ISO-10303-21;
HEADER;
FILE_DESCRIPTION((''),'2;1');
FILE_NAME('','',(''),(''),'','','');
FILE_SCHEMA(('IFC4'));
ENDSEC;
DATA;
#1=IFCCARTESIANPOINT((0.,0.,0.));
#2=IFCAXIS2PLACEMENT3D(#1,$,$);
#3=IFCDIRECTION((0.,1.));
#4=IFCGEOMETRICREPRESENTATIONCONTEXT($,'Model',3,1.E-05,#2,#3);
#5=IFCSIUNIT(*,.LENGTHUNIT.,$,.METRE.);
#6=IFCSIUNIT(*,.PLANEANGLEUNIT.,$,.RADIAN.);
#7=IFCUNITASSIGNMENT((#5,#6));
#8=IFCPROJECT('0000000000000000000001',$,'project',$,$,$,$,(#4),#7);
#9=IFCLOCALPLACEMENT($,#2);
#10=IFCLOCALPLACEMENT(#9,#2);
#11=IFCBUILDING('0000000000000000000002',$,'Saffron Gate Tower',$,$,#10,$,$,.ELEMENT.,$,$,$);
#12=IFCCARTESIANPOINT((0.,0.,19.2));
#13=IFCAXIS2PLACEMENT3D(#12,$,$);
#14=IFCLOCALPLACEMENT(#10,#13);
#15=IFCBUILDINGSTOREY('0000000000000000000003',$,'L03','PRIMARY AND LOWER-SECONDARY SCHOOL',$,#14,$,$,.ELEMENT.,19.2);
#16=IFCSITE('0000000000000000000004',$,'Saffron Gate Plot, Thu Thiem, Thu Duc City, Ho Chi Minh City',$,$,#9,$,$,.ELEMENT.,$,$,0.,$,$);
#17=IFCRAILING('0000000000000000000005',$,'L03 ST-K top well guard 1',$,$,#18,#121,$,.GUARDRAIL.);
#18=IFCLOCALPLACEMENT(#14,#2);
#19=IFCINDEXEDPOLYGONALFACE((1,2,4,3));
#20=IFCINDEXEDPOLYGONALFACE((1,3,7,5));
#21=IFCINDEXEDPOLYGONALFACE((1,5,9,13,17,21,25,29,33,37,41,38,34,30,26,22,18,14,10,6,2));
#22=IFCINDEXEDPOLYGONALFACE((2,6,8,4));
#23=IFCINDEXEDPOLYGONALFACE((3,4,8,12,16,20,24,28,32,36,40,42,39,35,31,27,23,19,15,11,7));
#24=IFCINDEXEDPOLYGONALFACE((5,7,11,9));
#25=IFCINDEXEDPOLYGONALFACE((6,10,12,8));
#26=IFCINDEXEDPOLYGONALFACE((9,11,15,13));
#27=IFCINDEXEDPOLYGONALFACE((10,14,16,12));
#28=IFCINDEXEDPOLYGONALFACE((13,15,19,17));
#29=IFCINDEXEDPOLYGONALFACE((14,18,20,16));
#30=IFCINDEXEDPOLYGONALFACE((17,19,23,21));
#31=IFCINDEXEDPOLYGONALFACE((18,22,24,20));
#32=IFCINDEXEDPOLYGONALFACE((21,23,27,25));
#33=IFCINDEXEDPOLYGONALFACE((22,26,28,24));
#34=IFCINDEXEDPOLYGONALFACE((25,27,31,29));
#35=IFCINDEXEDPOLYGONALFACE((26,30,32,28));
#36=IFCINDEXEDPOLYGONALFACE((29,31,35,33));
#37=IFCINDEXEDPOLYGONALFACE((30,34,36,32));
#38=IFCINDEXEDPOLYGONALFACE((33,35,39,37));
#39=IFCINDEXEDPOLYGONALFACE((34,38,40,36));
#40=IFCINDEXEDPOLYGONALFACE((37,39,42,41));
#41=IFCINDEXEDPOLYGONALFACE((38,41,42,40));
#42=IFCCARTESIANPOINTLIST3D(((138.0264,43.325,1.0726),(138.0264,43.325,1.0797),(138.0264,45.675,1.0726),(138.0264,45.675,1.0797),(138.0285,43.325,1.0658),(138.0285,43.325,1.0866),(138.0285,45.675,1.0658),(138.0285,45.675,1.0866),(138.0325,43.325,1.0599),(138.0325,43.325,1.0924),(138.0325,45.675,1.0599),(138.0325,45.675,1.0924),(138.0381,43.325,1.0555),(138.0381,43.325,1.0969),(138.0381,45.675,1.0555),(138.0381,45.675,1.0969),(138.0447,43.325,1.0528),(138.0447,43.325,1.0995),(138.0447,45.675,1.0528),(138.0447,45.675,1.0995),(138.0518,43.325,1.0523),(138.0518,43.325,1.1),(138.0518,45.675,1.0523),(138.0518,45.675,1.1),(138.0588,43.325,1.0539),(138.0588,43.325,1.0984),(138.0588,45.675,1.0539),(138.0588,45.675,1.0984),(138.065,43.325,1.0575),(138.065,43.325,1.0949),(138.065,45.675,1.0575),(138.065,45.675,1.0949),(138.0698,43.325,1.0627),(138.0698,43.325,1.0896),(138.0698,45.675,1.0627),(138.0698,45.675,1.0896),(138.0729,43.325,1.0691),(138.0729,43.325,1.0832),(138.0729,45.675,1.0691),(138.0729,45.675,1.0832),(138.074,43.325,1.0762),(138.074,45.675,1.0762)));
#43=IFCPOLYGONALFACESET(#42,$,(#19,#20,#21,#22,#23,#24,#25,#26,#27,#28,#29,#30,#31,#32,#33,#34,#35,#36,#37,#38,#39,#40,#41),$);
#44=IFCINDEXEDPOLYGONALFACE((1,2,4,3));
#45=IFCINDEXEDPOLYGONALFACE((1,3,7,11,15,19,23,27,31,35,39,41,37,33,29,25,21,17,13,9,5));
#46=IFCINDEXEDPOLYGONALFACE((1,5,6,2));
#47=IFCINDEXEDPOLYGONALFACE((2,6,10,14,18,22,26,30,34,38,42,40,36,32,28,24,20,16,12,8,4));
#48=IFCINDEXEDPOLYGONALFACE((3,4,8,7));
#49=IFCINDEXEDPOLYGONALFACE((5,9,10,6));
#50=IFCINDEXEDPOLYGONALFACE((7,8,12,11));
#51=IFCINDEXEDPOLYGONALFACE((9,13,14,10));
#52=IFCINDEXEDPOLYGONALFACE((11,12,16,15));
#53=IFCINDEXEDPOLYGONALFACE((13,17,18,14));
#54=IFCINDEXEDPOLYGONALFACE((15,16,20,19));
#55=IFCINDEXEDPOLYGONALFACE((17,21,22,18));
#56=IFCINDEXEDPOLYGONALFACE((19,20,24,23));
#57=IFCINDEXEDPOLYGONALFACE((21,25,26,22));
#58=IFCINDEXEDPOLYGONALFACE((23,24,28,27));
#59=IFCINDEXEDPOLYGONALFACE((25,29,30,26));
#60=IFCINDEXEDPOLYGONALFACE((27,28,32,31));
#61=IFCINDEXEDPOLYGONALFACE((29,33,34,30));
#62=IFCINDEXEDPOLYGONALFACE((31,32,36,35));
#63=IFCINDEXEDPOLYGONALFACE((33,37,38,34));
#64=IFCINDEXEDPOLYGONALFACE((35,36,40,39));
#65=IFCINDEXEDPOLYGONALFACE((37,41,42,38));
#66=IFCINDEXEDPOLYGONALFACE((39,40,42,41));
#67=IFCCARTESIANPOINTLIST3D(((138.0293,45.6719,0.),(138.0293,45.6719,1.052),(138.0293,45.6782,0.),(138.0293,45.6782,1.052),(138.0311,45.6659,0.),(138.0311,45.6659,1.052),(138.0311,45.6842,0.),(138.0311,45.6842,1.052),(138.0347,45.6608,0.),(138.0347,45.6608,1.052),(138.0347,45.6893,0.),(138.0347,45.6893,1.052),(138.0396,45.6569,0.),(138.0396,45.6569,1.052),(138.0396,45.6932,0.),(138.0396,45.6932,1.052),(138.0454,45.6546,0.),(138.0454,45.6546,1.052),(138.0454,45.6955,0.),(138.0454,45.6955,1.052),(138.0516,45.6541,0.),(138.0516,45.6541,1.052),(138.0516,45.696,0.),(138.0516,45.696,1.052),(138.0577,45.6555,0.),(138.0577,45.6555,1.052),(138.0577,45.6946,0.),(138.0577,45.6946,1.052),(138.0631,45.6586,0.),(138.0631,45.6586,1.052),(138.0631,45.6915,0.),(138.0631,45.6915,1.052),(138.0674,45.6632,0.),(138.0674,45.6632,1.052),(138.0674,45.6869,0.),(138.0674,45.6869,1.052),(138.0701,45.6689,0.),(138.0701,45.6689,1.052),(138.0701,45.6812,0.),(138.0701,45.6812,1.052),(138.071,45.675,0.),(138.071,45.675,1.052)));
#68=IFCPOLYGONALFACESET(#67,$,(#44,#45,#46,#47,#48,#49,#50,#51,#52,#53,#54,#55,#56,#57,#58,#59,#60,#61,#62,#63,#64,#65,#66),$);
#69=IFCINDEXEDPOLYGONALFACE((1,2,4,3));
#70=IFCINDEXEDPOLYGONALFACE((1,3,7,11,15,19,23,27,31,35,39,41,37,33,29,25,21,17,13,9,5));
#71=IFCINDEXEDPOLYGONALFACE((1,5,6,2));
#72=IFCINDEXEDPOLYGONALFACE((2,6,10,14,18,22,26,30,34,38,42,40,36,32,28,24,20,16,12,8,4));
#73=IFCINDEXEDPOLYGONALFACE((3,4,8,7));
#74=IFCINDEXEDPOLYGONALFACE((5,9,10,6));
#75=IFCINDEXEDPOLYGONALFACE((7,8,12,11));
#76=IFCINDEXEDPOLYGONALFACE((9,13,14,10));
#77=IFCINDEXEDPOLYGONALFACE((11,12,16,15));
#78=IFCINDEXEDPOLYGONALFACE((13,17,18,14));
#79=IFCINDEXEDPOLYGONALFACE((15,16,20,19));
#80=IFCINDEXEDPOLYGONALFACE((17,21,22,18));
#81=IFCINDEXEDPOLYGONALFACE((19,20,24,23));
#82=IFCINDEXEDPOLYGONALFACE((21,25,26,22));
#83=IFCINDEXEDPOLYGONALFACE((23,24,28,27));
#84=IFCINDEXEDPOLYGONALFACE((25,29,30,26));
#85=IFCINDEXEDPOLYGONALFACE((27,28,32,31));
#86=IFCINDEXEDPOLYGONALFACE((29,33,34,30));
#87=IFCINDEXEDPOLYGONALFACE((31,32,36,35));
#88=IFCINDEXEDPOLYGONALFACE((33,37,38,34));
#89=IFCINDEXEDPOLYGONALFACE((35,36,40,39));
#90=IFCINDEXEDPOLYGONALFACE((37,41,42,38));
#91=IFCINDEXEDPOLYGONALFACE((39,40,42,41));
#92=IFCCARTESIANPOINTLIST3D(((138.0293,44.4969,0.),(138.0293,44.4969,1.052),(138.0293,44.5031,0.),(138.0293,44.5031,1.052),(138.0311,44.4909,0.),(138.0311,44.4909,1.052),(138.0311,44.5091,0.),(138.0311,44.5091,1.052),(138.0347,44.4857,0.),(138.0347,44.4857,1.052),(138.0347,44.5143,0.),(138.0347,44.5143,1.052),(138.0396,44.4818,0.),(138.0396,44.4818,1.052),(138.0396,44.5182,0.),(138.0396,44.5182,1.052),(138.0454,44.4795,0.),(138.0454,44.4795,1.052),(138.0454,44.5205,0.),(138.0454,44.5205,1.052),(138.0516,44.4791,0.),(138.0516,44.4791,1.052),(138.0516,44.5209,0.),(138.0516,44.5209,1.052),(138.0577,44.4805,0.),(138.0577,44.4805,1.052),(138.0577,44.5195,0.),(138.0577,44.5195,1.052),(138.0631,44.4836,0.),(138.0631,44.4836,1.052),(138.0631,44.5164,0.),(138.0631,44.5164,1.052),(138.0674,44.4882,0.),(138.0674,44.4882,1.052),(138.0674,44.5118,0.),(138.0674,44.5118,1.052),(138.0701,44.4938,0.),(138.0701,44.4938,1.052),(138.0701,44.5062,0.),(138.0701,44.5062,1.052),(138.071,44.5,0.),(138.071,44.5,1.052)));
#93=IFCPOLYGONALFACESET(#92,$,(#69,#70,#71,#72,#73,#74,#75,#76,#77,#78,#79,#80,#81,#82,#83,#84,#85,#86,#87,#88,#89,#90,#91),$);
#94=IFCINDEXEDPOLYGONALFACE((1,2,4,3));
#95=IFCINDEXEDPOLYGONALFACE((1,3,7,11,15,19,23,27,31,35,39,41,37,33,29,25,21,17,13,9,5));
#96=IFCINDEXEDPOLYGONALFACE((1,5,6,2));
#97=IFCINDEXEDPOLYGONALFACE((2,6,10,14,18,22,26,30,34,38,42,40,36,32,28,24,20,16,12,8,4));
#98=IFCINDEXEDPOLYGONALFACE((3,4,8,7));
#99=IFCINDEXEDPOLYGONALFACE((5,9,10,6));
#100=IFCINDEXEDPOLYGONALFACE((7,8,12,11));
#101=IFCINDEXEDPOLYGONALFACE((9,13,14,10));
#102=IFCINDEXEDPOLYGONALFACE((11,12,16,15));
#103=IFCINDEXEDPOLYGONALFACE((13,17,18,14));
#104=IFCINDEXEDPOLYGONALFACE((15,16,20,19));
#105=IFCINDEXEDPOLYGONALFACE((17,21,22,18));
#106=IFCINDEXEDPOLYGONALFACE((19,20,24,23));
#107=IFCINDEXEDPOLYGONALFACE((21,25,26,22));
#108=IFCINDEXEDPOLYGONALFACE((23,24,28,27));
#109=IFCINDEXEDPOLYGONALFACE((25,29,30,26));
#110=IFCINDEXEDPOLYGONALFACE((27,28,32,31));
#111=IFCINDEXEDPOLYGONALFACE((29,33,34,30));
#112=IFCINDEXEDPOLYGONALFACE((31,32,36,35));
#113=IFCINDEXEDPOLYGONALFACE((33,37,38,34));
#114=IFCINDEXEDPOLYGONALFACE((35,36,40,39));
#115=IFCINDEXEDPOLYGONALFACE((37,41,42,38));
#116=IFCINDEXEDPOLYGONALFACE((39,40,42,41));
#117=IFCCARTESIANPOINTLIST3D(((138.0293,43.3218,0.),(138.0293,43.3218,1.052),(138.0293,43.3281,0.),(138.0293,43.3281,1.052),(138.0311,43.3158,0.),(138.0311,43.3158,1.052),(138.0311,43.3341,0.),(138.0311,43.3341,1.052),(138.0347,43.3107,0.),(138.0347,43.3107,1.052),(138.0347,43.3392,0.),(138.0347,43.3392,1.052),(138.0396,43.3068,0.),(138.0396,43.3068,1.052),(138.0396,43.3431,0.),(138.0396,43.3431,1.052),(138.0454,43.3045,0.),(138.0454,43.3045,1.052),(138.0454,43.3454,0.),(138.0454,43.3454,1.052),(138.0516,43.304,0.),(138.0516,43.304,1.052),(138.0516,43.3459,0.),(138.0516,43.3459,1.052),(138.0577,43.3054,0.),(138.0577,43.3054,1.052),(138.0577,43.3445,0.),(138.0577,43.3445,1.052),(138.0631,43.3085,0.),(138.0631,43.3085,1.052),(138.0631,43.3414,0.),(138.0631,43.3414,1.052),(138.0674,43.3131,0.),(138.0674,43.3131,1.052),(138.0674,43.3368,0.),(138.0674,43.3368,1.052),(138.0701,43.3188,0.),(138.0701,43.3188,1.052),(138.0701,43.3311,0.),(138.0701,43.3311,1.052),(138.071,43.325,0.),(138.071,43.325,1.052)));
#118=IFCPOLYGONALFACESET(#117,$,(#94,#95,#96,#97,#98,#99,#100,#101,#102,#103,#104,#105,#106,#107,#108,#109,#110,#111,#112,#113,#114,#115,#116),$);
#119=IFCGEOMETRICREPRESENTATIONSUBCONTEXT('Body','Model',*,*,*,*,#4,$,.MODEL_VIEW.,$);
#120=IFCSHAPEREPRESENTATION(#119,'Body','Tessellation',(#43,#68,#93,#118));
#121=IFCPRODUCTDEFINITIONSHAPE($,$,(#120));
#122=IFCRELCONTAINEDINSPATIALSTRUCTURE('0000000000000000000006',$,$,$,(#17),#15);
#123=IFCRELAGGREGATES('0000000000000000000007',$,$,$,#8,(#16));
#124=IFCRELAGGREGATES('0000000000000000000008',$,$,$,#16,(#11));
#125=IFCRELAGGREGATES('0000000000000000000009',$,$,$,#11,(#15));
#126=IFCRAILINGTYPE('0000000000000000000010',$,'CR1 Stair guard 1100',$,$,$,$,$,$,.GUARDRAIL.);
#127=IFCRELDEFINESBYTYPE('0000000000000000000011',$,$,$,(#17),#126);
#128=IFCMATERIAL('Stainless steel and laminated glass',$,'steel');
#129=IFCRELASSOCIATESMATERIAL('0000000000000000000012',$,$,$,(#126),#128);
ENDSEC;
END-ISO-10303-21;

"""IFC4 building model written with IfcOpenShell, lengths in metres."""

from ifc_helpers import new_model, si_unit, direction, frame, origin, origin_2d, place, context, subcontext, project, spatial, circle, extrude, material, type_object, element, save


model = new_model("IFC4")

# Units and contexts
model_context = context("Model", 3, precision=1e-05, world=origin(), true_north=direction((0.0, 1.0)))
body_context = subcontext(model_context, "Body", "Model", "MODEL_VIEW")
ifc_project = project(units=[si_unit("LENGTHUNIT", "METRE"), si_unit("PLANEANGLEUNIT", "RADIAN")], contexts=[model_context])

# Site, building, storey
site_placement = place(None, origin())
site = spatial("IfcSite", under=ifc_project, at=site_placement, Name="Saffron Gate Plot, Thu Thiem, Thu Duc City, Ho Chi Minh City", CompositionType="ELEMENT", RefElevation=0.0)
building_placement = place(site_placement, origin())
building = spatial("IfcBuilding", under=site, at=building_placement, Name="Saffron Gate Tower", CompositionType="ELEMENT")
storey_placement = place(building_placement, frame((0.0, 0.0, 19.2)))
storey = spatial("IfcBuildingStorey", under=building, at=storey_placement, Name="L03", Description="PRIMARY AND LOWER-SECONDARY SCHOOL", CompositionType="ELEMENT", Elevation=19.2)

# Railing
ifc_material_1 = material(Name="Stainless steel and laminated glass", Category="steel")
railing_type = type_object("IfcRailingType", Name="CR1 Stair guard 1100", PredefinedType="GUARDRAIL", material=ifc_material_1)
railing_placement = place(storey_placement, frame((138.05, 45.675, 0.0)))
element("IfcRailing", 1, at=railing_placement, inside=storey, type_object=railing_type, Name="L03 ST-K top well guard 1", PredefinedType="GUARDRAIL", context=body_context, shape_type="SweptSolid", body=[
    extrude(circle(Radius=0.0239, at=origin_2d()), frame((0.0, 0.0, 1.0762), z_axis=(0.0, -1.0, 0.0), x_axis=(1.0, 0.0, 0.0)), (0.0, 0.0, 1.0), 2.3501),
    extrude(circle(Radius=0.021, at=origin_2d()), origin(), (0.0, 0.0, 1.0), 1.052),
    extrude(circle(Radius=0.021, at=origin_2d()), frame((0.0, -1.175, 0.0)), (0.0, 0.0, 1.0), 1.052),
    extrude(circle(Radius=0.021, at=origin_2d()), frame((0.0, -2.3501, 0.0)), (0.0, 0.0, 1.0), 1.052),
])

save(model, "model.ifc")
